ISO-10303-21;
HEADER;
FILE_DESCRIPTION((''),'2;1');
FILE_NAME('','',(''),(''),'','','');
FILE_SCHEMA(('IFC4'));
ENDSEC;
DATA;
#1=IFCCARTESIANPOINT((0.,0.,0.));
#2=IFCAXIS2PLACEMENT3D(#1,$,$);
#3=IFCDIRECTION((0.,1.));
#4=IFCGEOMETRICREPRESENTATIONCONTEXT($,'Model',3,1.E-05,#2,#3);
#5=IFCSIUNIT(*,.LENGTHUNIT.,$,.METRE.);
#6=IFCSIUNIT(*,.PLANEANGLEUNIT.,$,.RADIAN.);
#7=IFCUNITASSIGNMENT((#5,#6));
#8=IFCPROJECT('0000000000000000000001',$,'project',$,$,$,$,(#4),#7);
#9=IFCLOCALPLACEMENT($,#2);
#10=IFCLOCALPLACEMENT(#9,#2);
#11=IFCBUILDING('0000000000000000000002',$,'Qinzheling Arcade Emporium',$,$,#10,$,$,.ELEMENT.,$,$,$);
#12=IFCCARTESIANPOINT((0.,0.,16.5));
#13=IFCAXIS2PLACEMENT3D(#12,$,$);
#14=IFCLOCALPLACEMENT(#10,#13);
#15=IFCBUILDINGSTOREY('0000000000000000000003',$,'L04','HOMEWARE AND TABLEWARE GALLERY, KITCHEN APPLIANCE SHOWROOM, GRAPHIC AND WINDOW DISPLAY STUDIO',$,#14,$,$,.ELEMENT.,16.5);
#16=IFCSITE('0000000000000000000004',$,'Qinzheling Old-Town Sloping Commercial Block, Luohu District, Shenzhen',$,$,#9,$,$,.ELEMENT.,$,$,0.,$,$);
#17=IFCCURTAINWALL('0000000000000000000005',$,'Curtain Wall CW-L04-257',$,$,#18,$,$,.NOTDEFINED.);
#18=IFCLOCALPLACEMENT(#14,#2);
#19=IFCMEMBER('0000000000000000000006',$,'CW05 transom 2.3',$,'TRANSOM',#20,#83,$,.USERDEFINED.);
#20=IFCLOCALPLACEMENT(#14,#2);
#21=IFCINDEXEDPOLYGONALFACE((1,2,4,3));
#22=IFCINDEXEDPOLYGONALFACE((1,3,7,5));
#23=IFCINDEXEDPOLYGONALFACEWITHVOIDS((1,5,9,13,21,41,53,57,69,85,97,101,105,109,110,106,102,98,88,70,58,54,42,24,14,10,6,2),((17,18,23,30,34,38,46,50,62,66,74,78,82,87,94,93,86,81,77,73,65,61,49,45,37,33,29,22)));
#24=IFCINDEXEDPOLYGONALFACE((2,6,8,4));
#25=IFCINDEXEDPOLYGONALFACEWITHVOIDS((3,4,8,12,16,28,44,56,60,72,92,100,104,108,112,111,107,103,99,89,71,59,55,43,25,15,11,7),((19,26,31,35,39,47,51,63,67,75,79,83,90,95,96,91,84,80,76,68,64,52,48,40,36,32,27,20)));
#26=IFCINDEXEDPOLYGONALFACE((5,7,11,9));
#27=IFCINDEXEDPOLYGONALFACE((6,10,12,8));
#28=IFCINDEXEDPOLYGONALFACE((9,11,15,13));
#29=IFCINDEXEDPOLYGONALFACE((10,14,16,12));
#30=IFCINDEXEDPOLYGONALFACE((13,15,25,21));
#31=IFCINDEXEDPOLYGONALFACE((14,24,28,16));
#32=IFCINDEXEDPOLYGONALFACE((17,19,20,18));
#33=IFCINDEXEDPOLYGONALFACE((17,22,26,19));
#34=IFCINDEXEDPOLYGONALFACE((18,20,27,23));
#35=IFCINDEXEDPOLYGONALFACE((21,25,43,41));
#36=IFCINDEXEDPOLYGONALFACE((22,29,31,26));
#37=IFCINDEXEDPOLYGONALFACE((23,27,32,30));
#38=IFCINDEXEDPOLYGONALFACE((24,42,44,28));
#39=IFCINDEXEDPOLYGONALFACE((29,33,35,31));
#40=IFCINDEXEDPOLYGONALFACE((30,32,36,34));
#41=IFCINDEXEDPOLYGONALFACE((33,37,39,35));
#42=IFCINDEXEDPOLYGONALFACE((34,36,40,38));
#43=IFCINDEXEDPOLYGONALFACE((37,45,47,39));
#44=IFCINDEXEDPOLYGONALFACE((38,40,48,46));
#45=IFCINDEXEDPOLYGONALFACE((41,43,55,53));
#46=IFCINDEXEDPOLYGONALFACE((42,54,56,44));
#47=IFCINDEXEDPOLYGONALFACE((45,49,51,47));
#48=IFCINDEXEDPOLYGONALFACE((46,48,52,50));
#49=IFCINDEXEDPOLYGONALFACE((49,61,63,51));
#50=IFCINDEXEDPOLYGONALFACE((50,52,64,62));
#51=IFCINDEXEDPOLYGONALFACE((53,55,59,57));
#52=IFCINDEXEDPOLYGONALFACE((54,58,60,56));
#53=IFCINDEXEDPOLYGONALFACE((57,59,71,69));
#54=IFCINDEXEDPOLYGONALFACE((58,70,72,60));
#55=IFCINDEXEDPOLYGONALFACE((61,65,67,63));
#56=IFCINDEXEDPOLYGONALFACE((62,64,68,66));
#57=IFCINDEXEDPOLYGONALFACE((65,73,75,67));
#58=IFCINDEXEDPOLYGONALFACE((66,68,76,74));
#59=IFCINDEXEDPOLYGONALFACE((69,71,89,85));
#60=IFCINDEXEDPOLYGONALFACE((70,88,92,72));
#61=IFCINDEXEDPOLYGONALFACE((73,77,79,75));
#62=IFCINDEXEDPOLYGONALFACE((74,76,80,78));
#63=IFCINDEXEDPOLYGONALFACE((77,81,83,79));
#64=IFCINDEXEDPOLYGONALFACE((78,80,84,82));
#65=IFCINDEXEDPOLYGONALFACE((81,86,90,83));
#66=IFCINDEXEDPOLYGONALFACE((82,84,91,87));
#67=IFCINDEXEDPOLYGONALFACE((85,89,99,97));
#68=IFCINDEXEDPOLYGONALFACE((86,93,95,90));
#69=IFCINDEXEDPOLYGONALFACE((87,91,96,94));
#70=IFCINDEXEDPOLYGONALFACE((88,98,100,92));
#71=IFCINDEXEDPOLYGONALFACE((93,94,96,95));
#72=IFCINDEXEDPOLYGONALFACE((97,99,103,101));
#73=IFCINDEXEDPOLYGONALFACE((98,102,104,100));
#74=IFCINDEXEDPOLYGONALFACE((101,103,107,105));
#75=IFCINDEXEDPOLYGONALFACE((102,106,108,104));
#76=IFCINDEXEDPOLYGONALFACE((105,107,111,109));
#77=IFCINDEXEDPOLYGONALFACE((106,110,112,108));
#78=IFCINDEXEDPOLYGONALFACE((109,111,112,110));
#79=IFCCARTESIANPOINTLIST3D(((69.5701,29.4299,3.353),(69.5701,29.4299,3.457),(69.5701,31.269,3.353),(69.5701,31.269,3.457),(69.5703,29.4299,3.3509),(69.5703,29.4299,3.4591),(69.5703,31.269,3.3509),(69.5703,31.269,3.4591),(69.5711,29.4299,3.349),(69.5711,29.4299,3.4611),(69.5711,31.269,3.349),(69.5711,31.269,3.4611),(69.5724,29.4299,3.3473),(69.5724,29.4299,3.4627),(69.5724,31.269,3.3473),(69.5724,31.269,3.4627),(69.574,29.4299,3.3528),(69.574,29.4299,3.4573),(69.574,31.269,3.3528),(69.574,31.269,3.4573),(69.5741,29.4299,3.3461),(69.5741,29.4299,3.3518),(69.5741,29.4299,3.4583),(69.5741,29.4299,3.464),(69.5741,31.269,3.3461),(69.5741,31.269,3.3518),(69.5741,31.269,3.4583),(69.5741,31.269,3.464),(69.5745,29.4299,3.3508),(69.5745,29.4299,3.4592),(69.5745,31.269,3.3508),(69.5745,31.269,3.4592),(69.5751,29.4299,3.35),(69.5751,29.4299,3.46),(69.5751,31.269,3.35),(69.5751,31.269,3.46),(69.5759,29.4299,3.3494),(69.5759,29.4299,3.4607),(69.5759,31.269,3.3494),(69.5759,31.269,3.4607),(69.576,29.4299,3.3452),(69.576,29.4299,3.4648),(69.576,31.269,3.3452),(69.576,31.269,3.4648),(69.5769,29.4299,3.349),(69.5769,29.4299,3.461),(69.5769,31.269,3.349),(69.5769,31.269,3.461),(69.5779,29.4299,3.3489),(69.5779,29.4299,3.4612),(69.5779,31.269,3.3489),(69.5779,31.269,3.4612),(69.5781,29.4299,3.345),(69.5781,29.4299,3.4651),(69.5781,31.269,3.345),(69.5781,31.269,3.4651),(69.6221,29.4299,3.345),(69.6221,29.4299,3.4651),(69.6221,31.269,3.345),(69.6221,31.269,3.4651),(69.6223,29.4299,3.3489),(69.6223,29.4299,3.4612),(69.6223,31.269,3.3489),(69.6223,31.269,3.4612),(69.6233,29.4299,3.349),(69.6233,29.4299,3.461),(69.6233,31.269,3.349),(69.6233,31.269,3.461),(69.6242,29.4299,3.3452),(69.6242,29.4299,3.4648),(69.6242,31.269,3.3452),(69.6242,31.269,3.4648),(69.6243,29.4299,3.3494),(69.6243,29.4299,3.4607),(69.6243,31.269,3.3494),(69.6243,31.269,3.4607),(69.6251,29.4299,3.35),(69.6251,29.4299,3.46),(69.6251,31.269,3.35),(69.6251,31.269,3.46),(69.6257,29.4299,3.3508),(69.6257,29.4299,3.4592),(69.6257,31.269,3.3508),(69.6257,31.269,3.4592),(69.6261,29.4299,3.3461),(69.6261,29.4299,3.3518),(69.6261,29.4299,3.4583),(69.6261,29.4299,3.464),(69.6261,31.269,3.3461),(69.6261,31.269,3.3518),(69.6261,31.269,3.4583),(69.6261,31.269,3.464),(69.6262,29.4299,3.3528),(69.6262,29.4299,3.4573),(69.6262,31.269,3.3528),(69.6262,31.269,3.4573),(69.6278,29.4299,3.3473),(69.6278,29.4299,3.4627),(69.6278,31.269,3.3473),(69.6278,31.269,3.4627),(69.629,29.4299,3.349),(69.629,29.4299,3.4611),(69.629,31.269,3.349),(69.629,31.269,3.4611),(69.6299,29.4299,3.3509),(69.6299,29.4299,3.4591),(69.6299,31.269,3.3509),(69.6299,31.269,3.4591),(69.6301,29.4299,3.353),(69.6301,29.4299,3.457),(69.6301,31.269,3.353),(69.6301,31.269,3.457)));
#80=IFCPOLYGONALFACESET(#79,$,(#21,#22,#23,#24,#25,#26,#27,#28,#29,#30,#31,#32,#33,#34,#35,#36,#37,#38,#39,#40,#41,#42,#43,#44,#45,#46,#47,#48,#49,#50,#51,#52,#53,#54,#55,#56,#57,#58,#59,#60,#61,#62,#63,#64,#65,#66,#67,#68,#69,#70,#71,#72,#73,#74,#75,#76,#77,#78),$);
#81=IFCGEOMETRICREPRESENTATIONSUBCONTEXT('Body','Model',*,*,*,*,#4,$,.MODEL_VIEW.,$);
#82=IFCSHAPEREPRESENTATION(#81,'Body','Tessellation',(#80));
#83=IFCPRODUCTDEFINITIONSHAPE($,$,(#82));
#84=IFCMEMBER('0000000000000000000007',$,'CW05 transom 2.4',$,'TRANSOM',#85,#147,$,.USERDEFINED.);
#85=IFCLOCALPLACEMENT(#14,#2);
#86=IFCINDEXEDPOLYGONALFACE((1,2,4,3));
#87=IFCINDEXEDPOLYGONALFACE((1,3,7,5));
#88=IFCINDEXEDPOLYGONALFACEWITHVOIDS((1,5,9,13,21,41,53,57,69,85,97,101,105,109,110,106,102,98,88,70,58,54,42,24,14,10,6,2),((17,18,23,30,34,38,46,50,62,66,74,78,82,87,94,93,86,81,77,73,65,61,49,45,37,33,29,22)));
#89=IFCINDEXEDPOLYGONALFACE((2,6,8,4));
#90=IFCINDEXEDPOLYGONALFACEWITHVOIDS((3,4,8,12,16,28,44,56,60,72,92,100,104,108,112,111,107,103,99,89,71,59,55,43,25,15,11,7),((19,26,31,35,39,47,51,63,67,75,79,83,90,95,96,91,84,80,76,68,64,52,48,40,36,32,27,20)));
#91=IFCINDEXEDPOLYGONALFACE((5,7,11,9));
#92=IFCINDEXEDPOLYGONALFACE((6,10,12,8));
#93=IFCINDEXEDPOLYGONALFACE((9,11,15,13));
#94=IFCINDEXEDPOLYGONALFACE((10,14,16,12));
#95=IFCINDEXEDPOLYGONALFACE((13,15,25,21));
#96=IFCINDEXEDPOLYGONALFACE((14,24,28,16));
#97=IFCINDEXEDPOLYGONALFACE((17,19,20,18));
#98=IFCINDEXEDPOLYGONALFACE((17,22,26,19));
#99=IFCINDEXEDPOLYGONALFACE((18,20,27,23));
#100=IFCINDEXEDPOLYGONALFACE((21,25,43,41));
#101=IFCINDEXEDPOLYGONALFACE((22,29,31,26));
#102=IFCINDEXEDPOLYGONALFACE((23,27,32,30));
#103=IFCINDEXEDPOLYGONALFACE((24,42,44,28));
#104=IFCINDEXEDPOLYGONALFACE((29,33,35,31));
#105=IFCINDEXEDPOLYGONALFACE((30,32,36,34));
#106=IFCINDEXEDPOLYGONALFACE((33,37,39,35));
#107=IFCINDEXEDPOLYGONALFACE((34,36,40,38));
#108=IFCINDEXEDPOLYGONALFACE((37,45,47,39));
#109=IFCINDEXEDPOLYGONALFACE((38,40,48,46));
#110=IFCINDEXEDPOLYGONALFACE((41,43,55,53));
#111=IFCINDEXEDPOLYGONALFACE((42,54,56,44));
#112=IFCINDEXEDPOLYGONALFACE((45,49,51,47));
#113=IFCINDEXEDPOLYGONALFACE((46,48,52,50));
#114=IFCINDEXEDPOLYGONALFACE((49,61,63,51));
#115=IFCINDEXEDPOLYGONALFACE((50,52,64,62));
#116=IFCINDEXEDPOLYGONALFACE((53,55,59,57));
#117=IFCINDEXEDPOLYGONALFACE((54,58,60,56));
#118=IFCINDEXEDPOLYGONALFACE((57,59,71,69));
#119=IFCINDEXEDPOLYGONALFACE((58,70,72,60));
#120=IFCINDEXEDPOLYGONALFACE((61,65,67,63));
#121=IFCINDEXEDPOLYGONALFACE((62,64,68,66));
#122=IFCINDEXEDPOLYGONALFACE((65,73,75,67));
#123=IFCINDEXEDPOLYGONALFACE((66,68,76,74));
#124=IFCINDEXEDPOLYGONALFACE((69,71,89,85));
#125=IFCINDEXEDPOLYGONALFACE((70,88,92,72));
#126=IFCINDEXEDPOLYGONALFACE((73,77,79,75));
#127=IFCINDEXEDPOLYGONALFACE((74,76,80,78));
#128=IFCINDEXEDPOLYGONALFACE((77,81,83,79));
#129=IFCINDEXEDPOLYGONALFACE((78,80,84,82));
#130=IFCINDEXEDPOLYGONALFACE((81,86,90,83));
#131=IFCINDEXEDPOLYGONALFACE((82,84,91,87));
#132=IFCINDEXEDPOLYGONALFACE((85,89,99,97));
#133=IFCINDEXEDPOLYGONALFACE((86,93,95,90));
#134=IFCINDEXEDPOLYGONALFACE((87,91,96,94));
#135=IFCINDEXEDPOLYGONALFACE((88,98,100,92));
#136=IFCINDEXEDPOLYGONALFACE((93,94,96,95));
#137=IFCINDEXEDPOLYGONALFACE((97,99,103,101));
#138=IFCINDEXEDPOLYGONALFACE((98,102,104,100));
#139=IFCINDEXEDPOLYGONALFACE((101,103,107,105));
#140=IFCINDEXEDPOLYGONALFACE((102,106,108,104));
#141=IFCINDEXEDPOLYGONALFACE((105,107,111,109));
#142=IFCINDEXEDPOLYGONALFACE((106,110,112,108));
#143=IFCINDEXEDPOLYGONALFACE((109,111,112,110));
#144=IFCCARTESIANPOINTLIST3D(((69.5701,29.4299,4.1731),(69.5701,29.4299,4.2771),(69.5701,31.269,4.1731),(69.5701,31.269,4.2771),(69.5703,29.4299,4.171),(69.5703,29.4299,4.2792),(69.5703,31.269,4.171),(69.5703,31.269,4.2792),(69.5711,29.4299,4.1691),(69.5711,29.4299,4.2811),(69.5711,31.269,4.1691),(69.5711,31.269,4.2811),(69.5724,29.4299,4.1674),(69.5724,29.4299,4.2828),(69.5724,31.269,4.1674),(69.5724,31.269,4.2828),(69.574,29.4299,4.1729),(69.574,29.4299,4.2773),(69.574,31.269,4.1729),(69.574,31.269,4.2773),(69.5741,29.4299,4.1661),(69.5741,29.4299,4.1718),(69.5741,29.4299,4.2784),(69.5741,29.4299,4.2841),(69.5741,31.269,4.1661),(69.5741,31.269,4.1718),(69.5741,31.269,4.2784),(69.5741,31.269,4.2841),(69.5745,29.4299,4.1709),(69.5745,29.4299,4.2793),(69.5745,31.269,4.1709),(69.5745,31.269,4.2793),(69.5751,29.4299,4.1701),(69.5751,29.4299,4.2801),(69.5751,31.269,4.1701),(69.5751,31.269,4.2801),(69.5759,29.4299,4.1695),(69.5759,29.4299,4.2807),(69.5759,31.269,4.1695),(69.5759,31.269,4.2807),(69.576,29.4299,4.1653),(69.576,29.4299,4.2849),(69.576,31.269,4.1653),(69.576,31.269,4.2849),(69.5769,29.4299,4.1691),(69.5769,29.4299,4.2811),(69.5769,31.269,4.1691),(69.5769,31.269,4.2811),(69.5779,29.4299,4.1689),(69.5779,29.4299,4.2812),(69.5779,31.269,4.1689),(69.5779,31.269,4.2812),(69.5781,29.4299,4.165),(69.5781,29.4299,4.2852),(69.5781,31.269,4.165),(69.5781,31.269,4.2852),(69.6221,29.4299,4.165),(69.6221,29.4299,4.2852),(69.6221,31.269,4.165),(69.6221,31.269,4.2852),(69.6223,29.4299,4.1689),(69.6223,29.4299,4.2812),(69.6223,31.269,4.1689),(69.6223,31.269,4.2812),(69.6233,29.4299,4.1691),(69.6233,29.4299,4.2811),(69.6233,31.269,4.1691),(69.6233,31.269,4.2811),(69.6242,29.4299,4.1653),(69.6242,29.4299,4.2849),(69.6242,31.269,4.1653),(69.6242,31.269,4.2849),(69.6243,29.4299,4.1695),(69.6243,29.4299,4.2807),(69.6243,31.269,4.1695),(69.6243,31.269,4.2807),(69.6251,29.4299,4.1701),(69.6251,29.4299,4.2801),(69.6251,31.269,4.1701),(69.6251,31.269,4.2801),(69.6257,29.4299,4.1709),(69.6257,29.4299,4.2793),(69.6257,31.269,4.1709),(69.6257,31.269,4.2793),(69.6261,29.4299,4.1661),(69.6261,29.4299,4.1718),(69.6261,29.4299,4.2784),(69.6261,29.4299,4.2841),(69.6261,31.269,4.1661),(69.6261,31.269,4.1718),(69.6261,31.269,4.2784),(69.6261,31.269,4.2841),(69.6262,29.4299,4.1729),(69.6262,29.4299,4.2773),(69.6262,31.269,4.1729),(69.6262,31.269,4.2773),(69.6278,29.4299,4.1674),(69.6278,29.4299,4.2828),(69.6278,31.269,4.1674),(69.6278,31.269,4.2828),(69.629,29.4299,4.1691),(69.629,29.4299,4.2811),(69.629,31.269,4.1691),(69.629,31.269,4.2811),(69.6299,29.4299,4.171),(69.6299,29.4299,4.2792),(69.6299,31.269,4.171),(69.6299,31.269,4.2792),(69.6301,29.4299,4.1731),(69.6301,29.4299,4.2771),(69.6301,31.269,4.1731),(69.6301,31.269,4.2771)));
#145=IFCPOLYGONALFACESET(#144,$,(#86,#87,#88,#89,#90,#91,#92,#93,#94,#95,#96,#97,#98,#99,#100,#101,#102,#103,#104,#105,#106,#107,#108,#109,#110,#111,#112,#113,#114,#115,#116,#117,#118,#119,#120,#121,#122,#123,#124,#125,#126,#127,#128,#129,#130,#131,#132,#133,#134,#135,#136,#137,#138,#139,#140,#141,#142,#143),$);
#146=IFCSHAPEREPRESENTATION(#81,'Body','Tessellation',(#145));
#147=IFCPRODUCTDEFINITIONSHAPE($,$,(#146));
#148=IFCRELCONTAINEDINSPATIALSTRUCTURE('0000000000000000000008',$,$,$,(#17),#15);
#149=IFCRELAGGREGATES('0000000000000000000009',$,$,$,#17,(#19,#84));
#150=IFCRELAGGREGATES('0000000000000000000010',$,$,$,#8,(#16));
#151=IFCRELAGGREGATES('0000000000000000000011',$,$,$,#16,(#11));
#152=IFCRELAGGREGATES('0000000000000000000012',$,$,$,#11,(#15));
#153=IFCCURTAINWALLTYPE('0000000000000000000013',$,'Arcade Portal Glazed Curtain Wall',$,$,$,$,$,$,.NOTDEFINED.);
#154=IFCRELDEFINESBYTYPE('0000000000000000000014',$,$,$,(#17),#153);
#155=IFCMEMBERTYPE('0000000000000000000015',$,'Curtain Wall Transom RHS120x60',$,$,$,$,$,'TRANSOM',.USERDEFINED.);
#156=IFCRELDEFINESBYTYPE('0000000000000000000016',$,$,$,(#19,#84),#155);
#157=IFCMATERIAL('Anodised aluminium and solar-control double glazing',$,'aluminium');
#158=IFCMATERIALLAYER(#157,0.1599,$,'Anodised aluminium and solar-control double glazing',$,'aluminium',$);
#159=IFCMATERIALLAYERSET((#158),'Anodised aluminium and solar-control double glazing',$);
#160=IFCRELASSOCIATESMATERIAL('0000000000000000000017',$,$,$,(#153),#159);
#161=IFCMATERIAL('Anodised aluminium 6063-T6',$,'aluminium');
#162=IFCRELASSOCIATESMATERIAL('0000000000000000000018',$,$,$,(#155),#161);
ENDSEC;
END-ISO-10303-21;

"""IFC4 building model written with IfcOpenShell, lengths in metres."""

from ifc_helpers import new_model, si_unit, direction, frame, origin, origin_2d, place, context, subcontext, project, spatial, hollow_rectangle, extrude, material, layer, layer_set, material_profile, profile_set, type_object, element, aggregate, save


model = new_model("IFC4")

# Units and contexts
model_context = context("Model", 3, precision=1e-05, world=origin(), true_north=direction((0.0, 1.0)))
body_context = subcontext(model_context, "Body", "Model", "MODEL_VIEW")
ifc_project = project(units=[si_unit("LENGTHUNIT", "METRE"), si_unit("PLANEANGLEUNIT", "RADIAN")], contexts=[model_context])

# Site, building, storey
site_placement = place(None, origin())
site = spatial("IfcSite", under=ifc_project, at=site_placement, Name="Qinzheling Old-Town Sloping Commercial Block, Luohu District, Shenzhen", CompositionType="ELEMENT", RefElevation=0.0)
building_placement = place(site_placement, origin())
building = spatial("IfcBuilding", under=site, at=building_placement, Name="Qinzheling Arcade Emporium", CompositionType="ELEMENT")
storey_placement = place(building_placement, frame((0.0, 0.0, 16.5)))
storey = spatial("IfcBuildingStorey", under=building, at=storey_placement, Name="L04", Description="HOMEWARE AND TABLEWARE GALLERY, KITCHEN APPLIANCE SHOWROOM, GRAPHIC AND WINDOW DISPLAY STUDIO", CompositionType="ELEMENT", Elevation=16.5)

# Curtain wall
ifc_material_1 = material(Name="Anodised aluminium and solar-control double glazing", Category="aluminium")
ifc_layer_1 = layer(ifc_material_1, 0.1599, Name="Anodised aluminium and solar-control double glazing", Category="aluminium")
ifc_layer_set_1 = layer_set([ifc_layer_1], Name="Anodised aluminium and solar-control double glazing")
curtain_wall_type = type_object("IfcCurtainWallType", Name="Arcade Portal Glazed Curtain Wall", PredefinedType="NOTDEFINED", material=ifc_layer_set_1)
curtain_wall_1_placement = place(storey_placement, origin())
curtain_wall_1 = element("IfcCurtainWall", 1, at=curtain_wall_1_placement, inside=storey, type_object=curtain_wall_type, Name="Curtain Wall CW-L04-257", PredefinedType="NOTDEFINED")
ifc_material_2 = material(Name="Anodised aluminium 6063-T6", Category="aluminium")

# Members
ifc_material_profile_1 = material_profile(ifc_material_2, hollow_rectangle(XDim=0.0601, YDim=0.1201, WallThickness=0.0039, InnerFilletRadius=0.0039, OuterFilletRadius=0.0081, at=origin_2d()), Name="RHS 120x60x4", Category="aluminium")
ifc_profile_set_1 = profile_set([ifc_material_profile_1], Name="Anodised aluminium 6063-T6")
member_type_1 = type_object("IfcMemberType", Name="Curtain Wall Transom RHS120x60", ElementType="TRANSOM", PredefinedType="USERDEFINED", material=ifc_profile_set_1)
member_1_placement = place(storey_placement, frame((69.6001, 31.269, 3.405), z_axis=(0.0, -1.0, 0.0), x_axis=(1.0, 0.0, 0.0)))
member_1 = element("IfcMember", 2, at=member_1_placement, type_object=member_type_1, Name="CW05 transom 2.3", ObjectType="TRANSOM", PredefinedType="USERDEFINED", context=body_context, shape_type="SweptSolid", body=[
    extrude(hollow_rectangle(XDim=0.0601, YDim=0.1201, WallThickness=0.0039, InnerFilletRadius=0.0039, OuterFilletRadius=0.0081, at=origin_2d()), origin(), (0.0, 0.0, 1.0), 1.8391),
])
member_2_placement = place(storey_placement, frame((69.6001, 31.269, 4.2251), z_axis=(0.0, -1.0, 0.0), x_axis=(1.0, 0.0, 0.0)))
member_2 = element("IfcMember", 3, at=member_2_placement, type_object=member_type_1, Name="CW05 transom 2.4", ObjectType="TRANSOM", PredefinedType="USERDEFINED", context=body_context, shape_type="SweptSolid", body=[
    extrude(hollow_rectangle(XDim=0.0601, YDim=0.1201, WallThickness=0.0039, InnerFilletRadius=0.0039, OuterFilletRadius=0.0081, at=origin_2d()), origin(), (0.0, 0.0, 1.0), 1.8391),
])

aggregate(curtain_wall_1, [member_1, member_2])

save(model, "model.ifc")
